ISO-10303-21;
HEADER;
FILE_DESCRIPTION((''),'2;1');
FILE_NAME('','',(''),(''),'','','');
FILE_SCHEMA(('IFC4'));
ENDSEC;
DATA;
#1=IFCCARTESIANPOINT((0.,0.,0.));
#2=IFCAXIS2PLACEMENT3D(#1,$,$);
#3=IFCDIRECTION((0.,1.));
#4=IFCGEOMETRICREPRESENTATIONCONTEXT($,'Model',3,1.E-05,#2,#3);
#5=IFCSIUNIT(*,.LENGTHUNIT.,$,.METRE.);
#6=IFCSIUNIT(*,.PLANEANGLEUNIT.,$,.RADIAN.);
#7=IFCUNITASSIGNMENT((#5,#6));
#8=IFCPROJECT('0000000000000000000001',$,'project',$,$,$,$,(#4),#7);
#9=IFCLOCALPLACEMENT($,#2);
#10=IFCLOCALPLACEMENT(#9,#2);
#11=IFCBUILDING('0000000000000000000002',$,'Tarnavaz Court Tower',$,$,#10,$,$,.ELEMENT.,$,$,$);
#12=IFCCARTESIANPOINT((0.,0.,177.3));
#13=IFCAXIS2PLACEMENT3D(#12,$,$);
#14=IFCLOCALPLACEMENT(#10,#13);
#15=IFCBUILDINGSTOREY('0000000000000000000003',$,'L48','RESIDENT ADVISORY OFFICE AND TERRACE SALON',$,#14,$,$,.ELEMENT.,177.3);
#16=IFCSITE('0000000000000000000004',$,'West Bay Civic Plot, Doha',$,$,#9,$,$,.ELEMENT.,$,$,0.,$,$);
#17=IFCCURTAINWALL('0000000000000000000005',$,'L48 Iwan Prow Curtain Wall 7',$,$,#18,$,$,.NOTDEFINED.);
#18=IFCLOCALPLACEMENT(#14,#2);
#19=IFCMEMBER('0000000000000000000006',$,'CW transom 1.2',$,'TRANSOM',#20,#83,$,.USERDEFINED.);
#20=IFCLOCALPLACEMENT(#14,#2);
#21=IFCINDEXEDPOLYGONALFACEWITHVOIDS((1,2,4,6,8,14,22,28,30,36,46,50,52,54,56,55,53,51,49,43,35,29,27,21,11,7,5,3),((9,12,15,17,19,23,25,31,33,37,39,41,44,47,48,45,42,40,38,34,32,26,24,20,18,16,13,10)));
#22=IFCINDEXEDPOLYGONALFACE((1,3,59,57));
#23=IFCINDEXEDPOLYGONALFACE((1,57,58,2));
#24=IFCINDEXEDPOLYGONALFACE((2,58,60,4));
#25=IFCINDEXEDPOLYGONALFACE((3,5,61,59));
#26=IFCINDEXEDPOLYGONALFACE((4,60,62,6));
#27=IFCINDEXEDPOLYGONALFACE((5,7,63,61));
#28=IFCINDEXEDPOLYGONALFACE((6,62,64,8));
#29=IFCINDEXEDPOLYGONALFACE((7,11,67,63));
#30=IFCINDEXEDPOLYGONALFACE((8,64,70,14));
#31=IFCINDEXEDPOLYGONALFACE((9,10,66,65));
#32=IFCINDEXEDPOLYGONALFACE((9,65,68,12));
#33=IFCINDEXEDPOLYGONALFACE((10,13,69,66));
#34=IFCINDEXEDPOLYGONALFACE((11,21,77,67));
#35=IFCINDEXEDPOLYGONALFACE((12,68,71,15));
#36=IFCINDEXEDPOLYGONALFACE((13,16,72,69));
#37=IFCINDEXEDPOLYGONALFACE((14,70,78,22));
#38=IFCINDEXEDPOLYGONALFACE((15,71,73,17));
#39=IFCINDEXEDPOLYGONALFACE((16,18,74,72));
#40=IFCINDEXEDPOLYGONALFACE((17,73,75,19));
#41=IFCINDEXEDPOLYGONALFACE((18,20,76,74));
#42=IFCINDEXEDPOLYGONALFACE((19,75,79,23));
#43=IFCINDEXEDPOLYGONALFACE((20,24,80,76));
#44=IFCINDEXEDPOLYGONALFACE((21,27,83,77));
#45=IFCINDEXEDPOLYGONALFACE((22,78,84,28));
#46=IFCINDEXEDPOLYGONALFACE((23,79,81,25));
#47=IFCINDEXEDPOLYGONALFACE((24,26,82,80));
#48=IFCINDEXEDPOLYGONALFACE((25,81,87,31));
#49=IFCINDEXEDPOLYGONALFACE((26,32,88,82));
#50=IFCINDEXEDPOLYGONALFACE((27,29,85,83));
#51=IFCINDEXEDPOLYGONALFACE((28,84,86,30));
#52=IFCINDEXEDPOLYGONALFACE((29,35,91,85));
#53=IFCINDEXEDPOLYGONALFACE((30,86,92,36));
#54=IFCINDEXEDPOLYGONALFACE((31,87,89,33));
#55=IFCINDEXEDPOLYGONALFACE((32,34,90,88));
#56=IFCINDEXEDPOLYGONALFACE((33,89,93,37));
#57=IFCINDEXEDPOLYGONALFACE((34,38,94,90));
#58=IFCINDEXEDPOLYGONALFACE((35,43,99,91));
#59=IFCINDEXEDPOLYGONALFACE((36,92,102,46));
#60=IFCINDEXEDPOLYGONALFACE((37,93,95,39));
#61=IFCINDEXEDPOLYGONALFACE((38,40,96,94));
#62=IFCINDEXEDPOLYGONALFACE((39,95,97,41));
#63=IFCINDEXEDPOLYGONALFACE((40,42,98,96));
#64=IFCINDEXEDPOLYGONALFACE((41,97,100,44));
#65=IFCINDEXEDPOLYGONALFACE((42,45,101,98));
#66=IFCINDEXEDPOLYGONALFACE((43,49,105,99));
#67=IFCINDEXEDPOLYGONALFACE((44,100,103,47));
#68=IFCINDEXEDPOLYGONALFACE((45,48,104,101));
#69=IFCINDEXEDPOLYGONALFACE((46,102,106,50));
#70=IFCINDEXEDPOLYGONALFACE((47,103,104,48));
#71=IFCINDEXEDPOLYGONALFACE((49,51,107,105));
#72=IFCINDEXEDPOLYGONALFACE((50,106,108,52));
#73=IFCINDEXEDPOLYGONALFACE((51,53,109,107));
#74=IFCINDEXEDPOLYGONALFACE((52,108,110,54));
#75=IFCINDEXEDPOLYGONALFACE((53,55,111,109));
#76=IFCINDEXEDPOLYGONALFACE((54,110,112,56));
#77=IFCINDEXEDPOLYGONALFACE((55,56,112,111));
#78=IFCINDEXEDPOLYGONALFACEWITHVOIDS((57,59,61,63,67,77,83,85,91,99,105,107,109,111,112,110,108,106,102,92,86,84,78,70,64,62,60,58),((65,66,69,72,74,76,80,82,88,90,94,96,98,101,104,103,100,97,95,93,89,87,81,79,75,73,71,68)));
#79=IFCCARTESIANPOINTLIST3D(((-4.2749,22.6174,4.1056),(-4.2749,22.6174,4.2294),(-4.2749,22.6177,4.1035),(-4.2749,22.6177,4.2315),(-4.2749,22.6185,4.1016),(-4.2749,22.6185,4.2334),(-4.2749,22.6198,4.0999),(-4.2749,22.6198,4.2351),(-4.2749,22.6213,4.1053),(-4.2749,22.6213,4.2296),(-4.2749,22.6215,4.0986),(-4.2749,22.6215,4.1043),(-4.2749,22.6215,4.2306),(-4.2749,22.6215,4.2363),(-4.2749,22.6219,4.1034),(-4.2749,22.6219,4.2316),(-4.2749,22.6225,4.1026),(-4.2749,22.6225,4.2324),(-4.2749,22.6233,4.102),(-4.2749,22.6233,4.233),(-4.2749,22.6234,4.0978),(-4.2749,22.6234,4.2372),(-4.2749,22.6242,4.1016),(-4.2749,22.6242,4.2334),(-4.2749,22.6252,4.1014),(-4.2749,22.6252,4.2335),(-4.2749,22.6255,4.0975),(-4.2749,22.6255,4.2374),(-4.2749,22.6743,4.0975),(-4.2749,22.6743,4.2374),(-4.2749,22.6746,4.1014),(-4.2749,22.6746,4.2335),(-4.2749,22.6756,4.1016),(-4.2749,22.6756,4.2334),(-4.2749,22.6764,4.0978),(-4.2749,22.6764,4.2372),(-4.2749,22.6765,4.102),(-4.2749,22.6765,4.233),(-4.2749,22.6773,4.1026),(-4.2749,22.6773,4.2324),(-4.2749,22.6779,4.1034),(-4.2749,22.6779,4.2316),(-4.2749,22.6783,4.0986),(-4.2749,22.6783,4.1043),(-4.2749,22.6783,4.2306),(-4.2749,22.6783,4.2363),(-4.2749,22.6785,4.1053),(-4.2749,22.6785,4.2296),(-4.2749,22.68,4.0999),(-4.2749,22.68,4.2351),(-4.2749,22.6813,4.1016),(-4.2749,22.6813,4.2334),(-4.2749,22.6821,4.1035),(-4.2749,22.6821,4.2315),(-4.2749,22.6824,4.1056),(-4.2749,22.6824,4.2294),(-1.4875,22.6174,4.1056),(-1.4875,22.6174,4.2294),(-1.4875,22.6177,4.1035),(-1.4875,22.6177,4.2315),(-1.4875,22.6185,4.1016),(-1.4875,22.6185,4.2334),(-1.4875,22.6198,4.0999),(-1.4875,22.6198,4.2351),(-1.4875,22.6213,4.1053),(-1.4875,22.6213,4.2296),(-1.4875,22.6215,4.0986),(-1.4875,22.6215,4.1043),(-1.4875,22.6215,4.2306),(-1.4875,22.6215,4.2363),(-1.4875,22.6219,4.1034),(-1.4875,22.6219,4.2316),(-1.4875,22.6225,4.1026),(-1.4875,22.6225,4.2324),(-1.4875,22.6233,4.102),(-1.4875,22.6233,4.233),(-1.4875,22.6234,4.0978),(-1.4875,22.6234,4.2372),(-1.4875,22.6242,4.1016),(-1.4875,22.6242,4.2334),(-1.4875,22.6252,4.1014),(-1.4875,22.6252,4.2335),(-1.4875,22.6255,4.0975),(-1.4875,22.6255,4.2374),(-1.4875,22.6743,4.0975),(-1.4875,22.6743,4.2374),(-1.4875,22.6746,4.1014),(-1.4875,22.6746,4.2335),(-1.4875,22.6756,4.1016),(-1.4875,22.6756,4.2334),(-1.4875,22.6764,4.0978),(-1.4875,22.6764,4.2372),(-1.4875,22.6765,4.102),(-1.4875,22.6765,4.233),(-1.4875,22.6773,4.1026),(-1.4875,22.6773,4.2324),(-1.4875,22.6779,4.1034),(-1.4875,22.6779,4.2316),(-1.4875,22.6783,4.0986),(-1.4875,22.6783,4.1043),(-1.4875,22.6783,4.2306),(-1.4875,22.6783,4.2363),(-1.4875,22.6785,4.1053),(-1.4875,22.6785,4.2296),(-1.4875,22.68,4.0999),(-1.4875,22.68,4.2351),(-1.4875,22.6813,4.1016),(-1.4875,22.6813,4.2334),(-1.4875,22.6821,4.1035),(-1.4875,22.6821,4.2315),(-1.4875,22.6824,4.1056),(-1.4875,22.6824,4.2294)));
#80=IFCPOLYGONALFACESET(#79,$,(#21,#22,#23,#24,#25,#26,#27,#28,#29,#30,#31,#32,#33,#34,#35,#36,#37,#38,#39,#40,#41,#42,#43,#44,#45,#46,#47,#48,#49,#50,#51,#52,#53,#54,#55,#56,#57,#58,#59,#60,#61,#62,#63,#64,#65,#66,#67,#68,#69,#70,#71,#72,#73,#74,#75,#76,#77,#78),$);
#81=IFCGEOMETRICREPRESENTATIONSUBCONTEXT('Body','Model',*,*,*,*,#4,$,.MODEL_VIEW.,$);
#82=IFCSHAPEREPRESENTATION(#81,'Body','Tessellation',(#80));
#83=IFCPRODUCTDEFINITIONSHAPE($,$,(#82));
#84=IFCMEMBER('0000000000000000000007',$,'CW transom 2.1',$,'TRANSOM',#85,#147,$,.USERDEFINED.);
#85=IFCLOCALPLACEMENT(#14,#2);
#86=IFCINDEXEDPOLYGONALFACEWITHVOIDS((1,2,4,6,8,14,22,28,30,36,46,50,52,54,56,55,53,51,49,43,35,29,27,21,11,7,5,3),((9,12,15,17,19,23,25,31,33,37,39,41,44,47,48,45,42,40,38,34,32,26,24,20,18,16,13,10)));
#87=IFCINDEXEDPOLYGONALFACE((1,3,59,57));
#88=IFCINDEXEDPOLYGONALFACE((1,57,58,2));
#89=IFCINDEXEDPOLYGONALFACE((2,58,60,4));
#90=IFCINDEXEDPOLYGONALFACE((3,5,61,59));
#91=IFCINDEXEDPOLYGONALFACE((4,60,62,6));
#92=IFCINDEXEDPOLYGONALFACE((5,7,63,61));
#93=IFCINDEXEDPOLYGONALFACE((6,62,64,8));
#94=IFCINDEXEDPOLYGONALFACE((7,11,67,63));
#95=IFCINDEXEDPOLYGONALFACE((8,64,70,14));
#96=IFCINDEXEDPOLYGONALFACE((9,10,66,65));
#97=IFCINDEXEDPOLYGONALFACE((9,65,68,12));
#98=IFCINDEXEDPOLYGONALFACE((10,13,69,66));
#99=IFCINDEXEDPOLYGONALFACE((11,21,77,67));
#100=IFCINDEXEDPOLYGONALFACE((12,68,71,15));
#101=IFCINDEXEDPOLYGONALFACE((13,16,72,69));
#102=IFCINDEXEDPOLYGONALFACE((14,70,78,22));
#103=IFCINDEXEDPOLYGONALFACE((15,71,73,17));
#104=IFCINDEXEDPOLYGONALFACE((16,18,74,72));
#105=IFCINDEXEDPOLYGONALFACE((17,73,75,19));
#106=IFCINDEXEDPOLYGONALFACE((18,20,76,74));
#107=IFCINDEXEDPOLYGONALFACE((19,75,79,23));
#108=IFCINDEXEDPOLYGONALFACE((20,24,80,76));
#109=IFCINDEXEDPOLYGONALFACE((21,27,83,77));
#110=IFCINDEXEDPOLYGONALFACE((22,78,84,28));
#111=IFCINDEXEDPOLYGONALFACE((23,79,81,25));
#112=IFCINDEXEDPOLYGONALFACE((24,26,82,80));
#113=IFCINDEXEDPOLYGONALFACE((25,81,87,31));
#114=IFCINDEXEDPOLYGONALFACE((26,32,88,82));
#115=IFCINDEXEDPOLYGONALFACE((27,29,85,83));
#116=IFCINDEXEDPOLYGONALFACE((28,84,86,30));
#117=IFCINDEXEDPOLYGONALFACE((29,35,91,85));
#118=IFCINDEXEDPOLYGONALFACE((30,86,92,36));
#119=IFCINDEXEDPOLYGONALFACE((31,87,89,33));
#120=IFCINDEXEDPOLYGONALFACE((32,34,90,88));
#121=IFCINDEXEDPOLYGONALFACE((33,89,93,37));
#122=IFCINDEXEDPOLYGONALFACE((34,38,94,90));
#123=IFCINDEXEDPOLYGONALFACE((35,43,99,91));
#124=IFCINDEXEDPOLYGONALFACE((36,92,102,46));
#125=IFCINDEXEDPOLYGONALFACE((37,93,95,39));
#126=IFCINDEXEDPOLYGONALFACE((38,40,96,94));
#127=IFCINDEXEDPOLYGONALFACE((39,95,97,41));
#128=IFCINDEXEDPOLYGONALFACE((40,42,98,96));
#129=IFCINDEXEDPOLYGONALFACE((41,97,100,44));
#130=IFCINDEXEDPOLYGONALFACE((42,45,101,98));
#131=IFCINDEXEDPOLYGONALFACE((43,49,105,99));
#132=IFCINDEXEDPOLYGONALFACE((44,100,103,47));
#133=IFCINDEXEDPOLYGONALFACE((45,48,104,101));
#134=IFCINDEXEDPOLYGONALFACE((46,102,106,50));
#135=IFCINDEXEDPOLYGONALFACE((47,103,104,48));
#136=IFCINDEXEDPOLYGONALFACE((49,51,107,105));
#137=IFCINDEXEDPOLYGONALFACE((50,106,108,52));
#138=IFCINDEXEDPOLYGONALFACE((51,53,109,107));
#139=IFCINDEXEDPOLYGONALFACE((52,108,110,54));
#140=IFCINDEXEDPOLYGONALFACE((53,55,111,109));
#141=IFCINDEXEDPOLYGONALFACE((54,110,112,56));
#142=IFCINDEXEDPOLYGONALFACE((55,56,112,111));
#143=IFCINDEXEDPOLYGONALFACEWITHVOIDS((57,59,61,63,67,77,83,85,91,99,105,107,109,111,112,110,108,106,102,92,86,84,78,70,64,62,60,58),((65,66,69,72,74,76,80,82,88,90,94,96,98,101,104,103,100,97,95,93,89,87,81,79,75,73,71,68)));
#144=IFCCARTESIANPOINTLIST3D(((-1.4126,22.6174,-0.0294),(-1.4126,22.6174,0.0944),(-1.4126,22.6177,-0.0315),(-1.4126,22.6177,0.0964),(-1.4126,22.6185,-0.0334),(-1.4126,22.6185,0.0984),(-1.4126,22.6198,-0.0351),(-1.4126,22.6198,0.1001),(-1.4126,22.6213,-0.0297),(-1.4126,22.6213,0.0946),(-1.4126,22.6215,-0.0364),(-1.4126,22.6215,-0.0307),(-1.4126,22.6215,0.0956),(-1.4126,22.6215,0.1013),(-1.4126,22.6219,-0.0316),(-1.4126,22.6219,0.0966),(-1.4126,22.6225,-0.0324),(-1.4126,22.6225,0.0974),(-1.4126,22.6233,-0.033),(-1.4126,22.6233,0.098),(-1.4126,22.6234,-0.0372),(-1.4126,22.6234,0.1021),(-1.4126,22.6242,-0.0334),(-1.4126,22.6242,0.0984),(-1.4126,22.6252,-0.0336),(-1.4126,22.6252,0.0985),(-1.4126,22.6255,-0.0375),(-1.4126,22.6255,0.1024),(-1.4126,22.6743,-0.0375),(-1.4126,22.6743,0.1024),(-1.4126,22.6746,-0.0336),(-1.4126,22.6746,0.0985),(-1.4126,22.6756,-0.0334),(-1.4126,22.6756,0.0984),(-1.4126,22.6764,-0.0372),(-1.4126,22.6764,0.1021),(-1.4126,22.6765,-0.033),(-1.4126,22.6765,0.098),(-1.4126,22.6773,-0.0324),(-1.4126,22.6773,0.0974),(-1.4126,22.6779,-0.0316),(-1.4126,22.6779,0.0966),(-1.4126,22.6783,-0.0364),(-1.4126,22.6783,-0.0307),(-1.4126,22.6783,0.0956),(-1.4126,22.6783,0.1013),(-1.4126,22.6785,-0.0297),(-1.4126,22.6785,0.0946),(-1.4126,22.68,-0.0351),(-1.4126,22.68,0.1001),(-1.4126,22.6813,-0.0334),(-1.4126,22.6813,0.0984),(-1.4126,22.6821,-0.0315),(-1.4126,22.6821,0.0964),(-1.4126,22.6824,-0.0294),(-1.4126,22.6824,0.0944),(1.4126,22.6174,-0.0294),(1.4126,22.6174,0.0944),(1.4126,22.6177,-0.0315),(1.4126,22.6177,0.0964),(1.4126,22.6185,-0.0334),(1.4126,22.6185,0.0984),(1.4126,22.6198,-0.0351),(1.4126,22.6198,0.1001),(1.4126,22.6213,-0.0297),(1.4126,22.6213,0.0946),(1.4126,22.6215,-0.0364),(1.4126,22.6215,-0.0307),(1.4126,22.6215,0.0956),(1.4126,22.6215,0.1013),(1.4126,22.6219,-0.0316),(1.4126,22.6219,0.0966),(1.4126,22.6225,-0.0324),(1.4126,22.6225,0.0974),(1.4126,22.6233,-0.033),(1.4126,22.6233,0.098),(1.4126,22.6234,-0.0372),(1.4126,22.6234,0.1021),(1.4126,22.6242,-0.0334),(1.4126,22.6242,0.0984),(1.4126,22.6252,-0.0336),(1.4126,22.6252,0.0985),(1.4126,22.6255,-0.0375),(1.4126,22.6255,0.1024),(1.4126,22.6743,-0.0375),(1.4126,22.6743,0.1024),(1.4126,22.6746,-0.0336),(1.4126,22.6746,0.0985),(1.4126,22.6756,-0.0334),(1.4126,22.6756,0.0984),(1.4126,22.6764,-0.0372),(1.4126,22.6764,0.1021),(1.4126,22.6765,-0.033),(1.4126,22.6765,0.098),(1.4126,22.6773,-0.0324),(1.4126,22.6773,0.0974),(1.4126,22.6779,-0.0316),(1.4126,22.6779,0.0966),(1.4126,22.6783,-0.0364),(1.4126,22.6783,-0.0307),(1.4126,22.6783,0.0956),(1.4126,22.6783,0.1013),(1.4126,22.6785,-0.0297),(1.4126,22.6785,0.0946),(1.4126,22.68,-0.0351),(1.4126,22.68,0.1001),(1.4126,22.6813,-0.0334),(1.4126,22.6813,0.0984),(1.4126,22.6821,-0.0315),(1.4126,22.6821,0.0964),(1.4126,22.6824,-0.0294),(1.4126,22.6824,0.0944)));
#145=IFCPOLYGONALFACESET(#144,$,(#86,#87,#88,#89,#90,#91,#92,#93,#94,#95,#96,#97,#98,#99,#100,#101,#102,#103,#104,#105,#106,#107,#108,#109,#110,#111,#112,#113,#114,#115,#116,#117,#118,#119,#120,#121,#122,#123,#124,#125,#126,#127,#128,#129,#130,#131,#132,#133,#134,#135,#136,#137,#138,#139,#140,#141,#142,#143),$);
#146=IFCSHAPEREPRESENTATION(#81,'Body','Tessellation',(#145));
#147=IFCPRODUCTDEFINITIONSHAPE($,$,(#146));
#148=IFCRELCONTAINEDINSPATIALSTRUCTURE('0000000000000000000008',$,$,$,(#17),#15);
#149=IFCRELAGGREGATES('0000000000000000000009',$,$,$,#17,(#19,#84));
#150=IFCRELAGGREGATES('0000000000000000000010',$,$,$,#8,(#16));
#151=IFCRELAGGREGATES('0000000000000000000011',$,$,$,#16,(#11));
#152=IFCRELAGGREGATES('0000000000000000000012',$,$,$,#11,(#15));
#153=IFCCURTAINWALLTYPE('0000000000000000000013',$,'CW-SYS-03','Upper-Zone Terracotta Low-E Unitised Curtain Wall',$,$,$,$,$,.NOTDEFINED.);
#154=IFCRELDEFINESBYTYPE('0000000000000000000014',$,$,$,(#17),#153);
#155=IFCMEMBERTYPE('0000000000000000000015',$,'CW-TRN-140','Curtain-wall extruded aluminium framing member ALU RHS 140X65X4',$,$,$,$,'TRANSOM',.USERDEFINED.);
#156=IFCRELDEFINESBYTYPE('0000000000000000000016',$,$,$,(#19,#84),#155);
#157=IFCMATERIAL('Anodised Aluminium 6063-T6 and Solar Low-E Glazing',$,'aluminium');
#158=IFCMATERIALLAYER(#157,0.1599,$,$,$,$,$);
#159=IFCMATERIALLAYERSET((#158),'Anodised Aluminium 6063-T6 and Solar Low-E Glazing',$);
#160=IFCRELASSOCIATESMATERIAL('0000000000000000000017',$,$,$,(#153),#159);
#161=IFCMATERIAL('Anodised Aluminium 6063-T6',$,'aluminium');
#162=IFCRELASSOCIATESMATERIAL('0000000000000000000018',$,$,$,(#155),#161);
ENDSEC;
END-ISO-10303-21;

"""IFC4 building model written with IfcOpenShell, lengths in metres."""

from ifc_helpers import new_model, si_unit, direction, frame, origin, origin_2d, place, context, subcontext, project, spatial, hollow_rectangle, extrude, material, layer, layer_set, material_profile, profile_set, type_object, element, aggregate, save


model = new_model("IFC4")

# Units and contexts
model_context = context("Model", 3, precision=1e-05, world=origin(), true_north=direction((0.0, 1.0)))
body_context = subcontext(model_context, "Body", "Model", "MODEL_VIEW")
ifc_project = project(units=[si_unit("LENGTHUNIT", "METRE"), si_unit("PLANEANGLEUNIT", "RADIAN")], contexts=[model_context])

# Site, building, storey
site_placement = place(None, origin())
site = spatial("IfcSite", under=ifc_project, at=site_placement, Name="West Bay Civic Plot, Doha", CompositionType="ELEMENT", RefElevation=0.0)
building_placement = place(site_placement, origin())
building = spatial("IfcBuilding", under=site, at=building_placement, Name="Tarnavaz Court Tower", CompositionType="ELEMENT")
storey_placement = place(building_placement, frame((0.0, 0.0, 177.3)))
storey = spatial("IfcBuildingStorey", under=building, at=storey_placement, Name="L48", Description="RESIDENT ADVISORY OFFICE AND TERRACE SALON", CompositionType="ELEMENT", Elevation=177.3)

# Curtain wall, members
ifc_material_1 = material(Name="Anodised Aluminium 6063-T6 and Solar Low-E Glazing", Category="aluminium")
ifc_layer_1 = layer(ifc_material_1, 0.1599)
ifc_layer_set_1 = layer_set([ifc_layer_1], Name="Anodised Aluminium 6063-T6 and Solar Low-E Glazing")
curtain_wall_type = type_object("IfcCurtainWallType", Name="CW-SYS-03", Description="Upper-Zone Terracotta Low-E Unitised Curtain Wall", PredefinedType="NOTDEFINED", material=ifc_layer_set_1)
curtain_wall_placement = place(storey_placement, origin())
curtain_wall = element("IfcCurtainWall", 1, at=curtain_wall_placement, inside=storey, type_object=curtain_wall_type, Name="L48 Iwan Prow Curtain Wall 7", PredefinedType="NOTDEFINED")
ifc_material_2 = material(Name="Anodised Aluminium 6063-T6", Category="aluminium")
ifc_material_profile_1 = material_profile(ifc_material_2, hollow_rectangle(XDim=0.0649, YDim=0.1399, WallThickness=0.0039, InnerFilletRadius=0.0039, OuterFilletRadius=0.0081, at=origin_2d()), Name="ALU RHS 140X65X4")
ifc_profile_set_1 = profile_set([ifc_material_profile_1], Name="Anodised Aluminium 6063-T6")
member_type_1 = type_object("IfcMemberType", Name="CW-TRN-140", Description="Curtain-wall extruded aluminium framing member ALU RHS 140X65X4", ElementType="TRANSOM", PredefinedType="USERDEFINED", material=ifc_profile_set_1)
member_1_placement = place(storey_placement, frame((-4.2749, 22.6499, 4.1675), z_axis=(1.0, 0.0, 0.0), x_axis=(0.0, 1.0, 0.0)))
member_1 = element("IfcMember", 2, at=member_1_placement, type_object=member_type_1, Name="CW transom 1.2", ObjectType="TRANSOM", PredefinedType="USERDEFINED", context=body_context, shape_type="SweptSolid", body=[
    extrude(hollow_rectangle(XDim=0.0649, YDim=0.1399, WallThickness=0.0039, InnerFilletRadius=0.0039, OuterFilletRadius=0.0081, at=origin_2d()), origin(), (0.0, 0.0, 1.0), 2.7874),
])
member_2_placement = place(storey_placement, frame((-1.4126, 22.6499, 0.0325), z_axis=(1.0, 0.0, 0.0), x_axis=(0.0, 1.0, 0.0)))
member_2 = element("IfcMember", 3, at=member_2_placement, type_object=member_type_1, Name="CW transom 2.1", ObjectType="TRANSOM", PredefinedType="USERDEFINED", context=body_context, shape_type="SweptSolid", body=[
    extrude(hollow_rectangle(XDim=0.0649, YDim=0.1399, WallThickness=0.0039, InnerFilletRadius=0.0039, OuterFilletRadius=0.0081, at=origin_2d()), origin(), (0.0, 0.0, 1.0), 2.8252),
])
aggregate(curtain_wall, [member_1, member_2])

save(model, "model.ifc")
